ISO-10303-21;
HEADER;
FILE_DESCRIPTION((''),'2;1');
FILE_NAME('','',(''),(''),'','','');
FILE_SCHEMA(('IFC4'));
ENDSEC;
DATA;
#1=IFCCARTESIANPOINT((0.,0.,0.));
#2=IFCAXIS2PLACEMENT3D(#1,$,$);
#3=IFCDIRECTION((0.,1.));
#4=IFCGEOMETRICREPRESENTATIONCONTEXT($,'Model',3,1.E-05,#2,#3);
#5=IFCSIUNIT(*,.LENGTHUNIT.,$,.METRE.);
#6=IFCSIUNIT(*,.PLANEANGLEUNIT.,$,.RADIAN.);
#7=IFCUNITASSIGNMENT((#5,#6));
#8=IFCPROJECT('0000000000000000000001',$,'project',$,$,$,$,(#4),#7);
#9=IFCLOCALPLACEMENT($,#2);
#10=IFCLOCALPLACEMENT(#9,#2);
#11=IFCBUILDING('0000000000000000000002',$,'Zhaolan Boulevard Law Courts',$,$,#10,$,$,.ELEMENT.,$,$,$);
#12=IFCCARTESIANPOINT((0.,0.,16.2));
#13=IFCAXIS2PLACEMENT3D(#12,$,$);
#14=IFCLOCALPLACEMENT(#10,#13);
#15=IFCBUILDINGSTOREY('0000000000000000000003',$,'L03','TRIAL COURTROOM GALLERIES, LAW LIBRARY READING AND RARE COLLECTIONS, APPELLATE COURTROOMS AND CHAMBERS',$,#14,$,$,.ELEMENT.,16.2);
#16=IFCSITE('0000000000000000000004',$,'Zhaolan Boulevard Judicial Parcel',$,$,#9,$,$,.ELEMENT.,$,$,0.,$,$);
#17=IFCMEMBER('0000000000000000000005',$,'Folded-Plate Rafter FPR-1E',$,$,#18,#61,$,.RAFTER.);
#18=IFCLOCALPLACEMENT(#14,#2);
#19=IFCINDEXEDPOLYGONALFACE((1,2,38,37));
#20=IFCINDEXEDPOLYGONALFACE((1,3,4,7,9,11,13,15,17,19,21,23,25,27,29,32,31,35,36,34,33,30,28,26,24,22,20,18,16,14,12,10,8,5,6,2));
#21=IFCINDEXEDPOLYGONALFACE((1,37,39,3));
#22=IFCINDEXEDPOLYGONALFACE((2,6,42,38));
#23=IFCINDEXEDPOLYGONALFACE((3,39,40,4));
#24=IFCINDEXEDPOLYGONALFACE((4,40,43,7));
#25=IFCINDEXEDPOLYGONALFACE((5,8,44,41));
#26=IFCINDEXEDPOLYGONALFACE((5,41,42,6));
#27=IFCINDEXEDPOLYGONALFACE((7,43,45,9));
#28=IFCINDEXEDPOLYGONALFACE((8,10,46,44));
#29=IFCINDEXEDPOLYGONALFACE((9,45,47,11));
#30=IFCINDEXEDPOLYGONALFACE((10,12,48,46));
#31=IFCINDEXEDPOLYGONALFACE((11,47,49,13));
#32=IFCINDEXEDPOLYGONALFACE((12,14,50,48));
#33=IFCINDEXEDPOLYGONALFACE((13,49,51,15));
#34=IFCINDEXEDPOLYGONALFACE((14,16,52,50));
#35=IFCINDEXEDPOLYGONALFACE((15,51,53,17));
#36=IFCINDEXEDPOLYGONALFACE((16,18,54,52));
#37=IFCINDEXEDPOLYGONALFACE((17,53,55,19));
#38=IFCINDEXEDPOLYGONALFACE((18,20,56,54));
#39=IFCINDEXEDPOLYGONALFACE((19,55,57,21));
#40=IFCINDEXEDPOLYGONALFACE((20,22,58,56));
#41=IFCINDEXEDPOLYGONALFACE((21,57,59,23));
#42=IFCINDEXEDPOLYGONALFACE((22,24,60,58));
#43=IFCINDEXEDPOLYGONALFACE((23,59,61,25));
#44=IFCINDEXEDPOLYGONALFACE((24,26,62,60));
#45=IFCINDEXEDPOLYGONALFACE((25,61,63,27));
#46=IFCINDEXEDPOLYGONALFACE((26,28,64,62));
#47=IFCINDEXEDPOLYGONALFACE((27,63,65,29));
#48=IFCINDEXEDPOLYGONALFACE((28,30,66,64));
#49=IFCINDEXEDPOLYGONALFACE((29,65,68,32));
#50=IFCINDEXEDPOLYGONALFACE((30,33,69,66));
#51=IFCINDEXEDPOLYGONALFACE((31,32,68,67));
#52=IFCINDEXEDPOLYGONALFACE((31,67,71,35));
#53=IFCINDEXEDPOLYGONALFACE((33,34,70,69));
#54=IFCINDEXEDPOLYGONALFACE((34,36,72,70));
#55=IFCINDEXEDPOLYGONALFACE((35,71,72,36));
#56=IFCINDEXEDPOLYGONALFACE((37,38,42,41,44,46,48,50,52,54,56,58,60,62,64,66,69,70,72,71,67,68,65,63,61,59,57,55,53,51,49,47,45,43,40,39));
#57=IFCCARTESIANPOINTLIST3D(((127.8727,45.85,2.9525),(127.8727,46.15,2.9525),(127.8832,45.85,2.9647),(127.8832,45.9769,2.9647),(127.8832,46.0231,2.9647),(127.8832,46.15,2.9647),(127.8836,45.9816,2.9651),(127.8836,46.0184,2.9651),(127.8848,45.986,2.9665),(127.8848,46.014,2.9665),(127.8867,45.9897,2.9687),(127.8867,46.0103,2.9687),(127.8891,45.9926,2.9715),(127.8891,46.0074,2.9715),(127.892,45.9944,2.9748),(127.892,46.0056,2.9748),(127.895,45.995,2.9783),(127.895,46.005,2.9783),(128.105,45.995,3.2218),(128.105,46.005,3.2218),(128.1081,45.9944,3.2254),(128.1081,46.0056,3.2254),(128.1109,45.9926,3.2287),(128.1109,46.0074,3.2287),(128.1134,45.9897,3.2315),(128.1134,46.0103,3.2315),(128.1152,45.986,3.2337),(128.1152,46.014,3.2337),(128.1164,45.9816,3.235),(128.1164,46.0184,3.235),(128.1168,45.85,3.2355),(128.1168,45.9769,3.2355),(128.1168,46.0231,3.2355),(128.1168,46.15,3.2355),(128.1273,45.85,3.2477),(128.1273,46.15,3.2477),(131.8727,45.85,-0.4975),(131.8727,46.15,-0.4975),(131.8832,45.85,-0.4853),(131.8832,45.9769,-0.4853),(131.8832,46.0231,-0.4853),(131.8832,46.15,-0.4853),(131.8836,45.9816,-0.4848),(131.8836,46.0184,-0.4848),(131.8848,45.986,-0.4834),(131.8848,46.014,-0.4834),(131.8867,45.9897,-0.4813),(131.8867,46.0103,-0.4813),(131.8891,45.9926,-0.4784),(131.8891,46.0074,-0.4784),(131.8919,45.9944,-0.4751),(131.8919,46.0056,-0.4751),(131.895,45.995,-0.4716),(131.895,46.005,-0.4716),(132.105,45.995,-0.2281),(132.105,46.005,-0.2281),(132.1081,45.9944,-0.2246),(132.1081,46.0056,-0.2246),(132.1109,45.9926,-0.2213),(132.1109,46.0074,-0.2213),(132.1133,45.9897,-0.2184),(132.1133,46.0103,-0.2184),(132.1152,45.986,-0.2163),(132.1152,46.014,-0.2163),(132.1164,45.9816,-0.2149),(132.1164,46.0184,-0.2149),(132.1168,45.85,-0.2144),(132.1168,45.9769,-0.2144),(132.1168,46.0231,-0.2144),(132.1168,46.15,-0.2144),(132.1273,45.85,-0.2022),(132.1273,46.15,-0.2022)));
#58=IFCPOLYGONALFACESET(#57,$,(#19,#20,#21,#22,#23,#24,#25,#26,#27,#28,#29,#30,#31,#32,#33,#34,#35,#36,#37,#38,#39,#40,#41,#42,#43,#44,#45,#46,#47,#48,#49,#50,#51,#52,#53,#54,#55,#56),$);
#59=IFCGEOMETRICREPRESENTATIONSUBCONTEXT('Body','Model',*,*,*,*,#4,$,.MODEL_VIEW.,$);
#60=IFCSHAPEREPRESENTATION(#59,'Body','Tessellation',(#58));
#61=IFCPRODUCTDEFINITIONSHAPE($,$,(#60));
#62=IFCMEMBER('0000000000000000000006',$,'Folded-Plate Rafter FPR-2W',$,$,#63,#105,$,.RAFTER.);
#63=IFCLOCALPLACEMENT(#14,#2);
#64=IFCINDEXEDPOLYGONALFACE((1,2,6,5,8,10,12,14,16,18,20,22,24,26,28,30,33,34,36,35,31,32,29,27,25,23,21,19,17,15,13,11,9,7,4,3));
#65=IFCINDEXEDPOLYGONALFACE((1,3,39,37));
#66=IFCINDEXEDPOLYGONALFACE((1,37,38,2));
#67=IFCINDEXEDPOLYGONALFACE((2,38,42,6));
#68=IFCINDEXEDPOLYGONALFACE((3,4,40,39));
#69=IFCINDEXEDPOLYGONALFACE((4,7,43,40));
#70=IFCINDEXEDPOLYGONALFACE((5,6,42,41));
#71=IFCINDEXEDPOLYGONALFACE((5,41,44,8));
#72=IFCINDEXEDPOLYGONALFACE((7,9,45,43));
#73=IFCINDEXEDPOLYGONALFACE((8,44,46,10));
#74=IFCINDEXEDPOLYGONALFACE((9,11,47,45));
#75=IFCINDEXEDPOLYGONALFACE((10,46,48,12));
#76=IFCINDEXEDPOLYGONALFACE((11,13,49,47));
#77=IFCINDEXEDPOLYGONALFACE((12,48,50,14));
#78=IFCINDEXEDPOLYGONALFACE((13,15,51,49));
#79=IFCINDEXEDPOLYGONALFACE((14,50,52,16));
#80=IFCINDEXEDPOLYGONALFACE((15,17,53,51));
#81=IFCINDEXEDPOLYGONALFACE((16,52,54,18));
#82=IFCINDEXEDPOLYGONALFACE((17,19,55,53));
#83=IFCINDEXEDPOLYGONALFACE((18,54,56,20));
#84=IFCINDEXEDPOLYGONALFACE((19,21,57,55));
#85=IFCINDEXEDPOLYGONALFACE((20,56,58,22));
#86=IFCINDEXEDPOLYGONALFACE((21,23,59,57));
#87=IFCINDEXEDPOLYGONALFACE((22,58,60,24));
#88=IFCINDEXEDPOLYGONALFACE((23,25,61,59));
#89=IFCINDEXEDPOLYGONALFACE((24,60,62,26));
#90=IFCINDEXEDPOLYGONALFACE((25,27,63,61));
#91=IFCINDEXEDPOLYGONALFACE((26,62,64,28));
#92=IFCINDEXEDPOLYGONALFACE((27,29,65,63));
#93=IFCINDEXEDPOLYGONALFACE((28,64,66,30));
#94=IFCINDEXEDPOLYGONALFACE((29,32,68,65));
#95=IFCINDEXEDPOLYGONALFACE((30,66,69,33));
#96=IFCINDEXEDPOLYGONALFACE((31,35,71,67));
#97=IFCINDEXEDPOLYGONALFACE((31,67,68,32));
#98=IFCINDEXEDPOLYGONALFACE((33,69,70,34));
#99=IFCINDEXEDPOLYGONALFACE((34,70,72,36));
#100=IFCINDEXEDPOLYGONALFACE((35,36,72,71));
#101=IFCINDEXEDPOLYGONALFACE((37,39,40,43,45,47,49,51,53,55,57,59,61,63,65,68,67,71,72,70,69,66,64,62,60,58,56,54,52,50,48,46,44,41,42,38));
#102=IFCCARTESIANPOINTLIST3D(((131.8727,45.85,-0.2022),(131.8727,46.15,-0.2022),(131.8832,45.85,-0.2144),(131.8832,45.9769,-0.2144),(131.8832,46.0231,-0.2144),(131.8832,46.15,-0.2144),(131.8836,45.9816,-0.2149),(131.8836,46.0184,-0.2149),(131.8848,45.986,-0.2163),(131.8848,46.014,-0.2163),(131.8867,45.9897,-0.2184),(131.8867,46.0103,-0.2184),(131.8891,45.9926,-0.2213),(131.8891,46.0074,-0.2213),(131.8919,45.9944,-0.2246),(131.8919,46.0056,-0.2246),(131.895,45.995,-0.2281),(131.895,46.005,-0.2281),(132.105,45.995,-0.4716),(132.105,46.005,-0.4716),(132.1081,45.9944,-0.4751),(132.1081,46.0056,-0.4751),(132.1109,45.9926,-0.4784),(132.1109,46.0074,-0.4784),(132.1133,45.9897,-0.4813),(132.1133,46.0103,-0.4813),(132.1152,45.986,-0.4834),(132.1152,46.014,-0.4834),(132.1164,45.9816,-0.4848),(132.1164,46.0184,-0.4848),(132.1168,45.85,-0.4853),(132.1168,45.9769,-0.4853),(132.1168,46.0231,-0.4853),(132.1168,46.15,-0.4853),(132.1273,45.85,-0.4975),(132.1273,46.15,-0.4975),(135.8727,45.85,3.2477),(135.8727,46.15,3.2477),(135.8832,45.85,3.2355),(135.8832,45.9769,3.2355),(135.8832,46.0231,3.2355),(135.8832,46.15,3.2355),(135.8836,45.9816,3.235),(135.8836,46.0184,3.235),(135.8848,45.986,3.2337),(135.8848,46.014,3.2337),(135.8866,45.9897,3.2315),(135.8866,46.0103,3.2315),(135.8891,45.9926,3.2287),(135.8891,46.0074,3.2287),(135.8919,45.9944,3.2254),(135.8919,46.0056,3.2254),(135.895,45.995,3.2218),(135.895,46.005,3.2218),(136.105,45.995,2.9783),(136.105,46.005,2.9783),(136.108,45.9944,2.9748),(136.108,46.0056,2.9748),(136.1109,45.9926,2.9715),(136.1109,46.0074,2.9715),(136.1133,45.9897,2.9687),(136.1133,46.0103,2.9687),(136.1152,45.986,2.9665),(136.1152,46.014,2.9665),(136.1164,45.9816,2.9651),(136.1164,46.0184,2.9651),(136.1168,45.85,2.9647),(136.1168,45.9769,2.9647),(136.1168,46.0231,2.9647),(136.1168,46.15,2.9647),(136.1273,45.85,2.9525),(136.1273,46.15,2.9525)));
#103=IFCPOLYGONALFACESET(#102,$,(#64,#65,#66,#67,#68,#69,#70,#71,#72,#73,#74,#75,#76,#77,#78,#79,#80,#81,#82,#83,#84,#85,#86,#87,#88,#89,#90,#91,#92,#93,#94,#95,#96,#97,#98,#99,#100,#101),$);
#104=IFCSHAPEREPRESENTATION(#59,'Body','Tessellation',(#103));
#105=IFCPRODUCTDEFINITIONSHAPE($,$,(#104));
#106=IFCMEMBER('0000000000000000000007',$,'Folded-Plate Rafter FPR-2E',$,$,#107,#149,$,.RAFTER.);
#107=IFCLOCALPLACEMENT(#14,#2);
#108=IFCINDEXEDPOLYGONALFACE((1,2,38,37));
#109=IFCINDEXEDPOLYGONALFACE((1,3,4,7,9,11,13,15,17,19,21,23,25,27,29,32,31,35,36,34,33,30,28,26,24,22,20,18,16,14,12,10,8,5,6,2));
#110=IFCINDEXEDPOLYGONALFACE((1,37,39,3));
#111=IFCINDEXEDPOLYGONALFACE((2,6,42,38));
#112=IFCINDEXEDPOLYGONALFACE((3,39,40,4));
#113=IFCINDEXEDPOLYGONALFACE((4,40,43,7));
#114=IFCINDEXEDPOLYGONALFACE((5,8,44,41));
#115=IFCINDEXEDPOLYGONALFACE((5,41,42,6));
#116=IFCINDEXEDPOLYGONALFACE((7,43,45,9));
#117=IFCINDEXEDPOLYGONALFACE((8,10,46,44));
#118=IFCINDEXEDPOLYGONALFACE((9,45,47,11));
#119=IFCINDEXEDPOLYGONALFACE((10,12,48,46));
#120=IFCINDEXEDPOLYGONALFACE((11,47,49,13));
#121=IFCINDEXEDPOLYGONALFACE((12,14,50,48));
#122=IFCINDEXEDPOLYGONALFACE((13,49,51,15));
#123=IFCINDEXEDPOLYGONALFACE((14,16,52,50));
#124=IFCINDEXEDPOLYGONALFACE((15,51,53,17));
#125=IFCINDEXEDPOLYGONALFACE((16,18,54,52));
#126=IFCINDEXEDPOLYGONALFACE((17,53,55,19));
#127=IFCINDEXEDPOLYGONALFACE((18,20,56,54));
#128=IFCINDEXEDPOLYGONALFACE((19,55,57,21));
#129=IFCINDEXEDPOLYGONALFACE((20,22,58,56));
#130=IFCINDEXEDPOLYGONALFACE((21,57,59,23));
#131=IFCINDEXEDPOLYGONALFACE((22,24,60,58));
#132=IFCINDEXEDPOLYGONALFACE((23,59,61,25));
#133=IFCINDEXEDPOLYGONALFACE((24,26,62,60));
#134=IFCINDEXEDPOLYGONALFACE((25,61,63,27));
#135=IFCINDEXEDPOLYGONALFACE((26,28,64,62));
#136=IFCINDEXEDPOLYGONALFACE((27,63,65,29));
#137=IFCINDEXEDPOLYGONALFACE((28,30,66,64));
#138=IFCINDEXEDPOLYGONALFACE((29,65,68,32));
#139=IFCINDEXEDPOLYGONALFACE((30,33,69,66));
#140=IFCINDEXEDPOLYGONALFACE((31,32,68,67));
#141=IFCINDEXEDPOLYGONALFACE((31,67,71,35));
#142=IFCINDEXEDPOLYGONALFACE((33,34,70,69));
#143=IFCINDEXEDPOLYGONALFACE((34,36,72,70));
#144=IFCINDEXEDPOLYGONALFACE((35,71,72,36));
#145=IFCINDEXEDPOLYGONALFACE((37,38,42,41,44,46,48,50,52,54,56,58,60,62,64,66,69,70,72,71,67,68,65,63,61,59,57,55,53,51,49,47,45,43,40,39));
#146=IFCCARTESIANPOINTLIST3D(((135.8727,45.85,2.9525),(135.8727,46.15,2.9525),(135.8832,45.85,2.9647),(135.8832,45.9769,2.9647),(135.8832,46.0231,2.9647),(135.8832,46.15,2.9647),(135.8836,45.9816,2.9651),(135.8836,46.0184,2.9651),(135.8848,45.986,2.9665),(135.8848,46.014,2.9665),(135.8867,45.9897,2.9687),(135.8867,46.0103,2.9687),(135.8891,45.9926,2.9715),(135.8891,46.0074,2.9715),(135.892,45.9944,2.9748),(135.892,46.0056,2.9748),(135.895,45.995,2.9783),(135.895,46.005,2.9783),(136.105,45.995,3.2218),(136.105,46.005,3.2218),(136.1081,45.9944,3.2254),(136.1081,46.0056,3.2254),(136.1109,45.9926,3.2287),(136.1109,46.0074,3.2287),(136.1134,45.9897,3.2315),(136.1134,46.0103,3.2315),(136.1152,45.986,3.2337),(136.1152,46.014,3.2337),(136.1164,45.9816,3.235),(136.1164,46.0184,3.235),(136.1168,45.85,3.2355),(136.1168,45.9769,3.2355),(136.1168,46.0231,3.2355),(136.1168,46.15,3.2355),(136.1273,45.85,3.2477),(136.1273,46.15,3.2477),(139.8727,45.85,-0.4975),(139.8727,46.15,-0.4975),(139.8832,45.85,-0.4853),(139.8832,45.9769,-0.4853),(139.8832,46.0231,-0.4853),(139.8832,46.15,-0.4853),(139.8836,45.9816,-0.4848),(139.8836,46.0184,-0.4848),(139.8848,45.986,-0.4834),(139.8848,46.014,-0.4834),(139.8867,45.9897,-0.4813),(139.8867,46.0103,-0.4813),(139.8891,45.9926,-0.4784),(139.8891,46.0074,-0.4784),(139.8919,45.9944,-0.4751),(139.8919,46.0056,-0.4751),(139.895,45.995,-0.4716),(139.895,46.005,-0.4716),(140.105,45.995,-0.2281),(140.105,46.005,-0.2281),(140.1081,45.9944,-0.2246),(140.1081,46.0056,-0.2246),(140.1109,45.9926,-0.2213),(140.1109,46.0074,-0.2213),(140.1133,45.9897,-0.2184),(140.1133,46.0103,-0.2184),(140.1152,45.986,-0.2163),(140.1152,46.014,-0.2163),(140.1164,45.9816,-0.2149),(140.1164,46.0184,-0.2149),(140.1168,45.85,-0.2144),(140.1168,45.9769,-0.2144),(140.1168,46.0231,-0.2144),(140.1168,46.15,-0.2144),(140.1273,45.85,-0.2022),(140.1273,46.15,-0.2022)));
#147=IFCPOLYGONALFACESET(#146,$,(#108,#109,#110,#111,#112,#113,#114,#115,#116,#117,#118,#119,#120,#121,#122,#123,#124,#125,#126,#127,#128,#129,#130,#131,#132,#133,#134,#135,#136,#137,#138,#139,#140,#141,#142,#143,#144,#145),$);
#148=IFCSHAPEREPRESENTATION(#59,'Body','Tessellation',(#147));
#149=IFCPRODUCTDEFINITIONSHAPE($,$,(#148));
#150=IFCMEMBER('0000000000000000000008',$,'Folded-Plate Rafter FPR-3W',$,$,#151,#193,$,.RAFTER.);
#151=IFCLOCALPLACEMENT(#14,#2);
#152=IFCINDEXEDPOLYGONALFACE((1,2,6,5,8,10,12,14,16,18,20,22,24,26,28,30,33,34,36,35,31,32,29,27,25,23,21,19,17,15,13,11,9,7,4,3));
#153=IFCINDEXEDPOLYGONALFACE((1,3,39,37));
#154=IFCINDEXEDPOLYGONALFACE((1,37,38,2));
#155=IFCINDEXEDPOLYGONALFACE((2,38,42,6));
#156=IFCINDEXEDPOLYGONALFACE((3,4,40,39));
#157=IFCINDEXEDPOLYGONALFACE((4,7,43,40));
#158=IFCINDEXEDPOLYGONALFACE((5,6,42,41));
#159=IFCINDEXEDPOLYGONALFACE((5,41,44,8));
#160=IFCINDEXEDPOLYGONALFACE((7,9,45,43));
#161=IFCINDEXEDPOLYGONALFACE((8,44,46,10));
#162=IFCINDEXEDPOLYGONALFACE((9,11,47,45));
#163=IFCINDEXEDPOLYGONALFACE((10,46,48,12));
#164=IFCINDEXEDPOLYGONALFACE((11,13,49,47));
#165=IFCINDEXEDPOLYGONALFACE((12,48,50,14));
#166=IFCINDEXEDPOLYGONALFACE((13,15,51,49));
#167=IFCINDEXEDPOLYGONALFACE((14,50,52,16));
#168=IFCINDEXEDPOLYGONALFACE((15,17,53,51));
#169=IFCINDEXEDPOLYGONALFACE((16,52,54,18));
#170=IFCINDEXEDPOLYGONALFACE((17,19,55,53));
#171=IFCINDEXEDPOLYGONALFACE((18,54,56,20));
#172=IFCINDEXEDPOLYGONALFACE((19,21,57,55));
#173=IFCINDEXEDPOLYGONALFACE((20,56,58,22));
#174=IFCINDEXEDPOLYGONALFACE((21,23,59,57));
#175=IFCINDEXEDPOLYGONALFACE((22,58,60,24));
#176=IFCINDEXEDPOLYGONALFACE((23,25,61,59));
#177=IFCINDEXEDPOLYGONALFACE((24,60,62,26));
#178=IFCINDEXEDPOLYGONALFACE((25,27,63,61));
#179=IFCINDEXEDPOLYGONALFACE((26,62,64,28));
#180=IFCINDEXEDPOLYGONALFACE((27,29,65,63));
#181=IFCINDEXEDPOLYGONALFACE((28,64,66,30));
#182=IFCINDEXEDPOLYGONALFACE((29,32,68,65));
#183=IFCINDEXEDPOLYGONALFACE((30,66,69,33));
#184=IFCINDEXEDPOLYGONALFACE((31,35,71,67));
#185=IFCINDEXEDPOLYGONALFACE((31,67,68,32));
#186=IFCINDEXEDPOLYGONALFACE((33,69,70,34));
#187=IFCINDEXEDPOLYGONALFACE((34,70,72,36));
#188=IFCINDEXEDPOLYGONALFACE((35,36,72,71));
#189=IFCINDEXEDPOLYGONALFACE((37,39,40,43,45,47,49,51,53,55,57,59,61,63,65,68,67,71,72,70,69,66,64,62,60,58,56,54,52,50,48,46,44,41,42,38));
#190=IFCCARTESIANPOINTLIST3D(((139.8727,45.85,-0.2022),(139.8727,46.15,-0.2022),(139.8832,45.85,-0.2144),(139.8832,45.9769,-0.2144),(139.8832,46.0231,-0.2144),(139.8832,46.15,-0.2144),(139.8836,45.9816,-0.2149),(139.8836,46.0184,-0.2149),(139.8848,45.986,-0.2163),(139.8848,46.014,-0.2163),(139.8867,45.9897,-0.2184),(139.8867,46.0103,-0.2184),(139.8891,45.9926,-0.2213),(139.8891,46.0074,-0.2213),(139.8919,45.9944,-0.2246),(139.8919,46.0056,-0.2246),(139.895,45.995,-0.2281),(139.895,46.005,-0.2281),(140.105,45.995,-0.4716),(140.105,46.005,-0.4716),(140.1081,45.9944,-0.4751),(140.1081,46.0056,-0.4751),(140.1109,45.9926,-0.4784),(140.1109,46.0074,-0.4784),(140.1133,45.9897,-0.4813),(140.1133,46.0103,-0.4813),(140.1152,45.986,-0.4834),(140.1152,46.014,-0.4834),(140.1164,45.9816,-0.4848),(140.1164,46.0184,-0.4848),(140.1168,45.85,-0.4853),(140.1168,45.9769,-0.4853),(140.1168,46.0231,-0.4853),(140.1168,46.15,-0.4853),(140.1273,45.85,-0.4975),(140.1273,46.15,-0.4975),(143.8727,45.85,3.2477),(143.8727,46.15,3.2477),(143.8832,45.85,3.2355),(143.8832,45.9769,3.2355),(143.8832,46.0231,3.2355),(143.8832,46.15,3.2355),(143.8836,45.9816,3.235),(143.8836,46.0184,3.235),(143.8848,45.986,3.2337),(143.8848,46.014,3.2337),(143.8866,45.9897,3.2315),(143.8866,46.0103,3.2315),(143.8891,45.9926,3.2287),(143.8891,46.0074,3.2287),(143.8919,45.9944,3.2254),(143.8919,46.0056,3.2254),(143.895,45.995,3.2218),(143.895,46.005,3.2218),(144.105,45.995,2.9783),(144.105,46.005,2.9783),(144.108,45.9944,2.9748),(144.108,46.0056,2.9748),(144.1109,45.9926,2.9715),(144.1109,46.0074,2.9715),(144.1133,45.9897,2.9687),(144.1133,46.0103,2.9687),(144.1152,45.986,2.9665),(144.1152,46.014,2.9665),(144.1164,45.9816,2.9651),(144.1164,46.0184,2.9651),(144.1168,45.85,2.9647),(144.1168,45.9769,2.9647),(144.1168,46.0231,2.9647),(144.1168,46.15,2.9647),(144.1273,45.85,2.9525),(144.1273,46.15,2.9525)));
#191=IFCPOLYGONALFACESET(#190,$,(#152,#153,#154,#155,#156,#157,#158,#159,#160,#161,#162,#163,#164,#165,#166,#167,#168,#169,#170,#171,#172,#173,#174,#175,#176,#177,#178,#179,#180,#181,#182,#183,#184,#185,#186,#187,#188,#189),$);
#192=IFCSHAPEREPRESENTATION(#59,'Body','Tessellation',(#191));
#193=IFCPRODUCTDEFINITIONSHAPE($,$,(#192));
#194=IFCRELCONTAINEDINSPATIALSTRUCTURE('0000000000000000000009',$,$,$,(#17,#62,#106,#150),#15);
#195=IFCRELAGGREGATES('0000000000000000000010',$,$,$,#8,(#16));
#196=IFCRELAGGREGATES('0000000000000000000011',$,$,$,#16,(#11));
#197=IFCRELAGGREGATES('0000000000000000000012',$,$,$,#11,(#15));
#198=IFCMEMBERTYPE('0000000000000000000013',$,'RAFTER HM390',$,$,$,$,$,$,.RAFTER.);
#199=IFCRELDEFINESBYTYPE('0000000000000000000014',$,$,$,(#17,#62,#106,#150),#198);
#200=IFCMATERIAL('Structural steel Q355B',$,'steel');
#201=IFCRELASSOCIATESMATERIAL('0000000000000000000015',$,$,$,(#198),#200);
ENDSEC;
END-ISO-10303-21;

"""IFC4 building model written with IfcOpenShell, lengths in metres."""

from ifc_helpers import new_model, si_unit, direction, frame, origin, origin_2d, place, context, subcontext, project, spatial, i_section, extrude, material, material_profile, profile_set, type_object, element, save


model = new_model("IFC4")

# Units and contexts
model_context = context("Model", 3, precision=1e-05, world=origin(), true_north=direction((0.0, 1.0)))
body_context = subcontext(model_context, "Body", "Model", "MODEL_VIEW")
ifc_project = project(units=[si_unit("LENGTHUNIT", "METRE"), si_unit("PLANEANGLEUNIT", "RADIAN")], contexts=[model_context])

# Site, building, storey
site_placement = place(None, origin())
site = spatial("IfcSite", under=ifc_project, at=site_placement, Name="Zhaolan Boulevard Judicial Parcel", CompositionType="ELEMENT", RefElevation=0.0)
building_placement = place(site_placement, origin())
building = spatial("IfcBuilding", under=site, at=building_placement, Name="Zhaolan Boulevard Law Courts", CompositionType="ELEMENT")
storey_placement = place(building_placement, frame((0.0, 0.0, 16.2)))
storey = spatial("IfcBuildingStorey", under=building, at=storey_placement, Name="L03", Description="TRIAL COURTROOM GALLERIES, LAW LIBRARY READING AND RARE COLLECTIONS, APPELLATE COURTROOMS AND CHAMBERS", CompositionType="ELEMENT", Elevation=16.2)

# Members
ifc_material_1 = material(Name="Structural steel Q355B", Category="steel")
ifc_material_profile_1 = material_profile(ifc_material_1, i_section(OverallWidth=0.3, OverallDepth=0.3899, WebThickness=0.01, FlangeThickness=0.0161, FilletRadius=0.0181, at=origin_2d()), Name="HM390x300")
ifc_profile_set_1 = profile_set([ifc_material_profile_1], Name="Structural steel Q355B")
member_type = type_object("IfcMemberType", Name="RAFTER HM390", PredefinedType="RAFTER", material=ifc_profile_set_1)
for number, where, z_axis, x_axis, name in (
    (1, (132.0, 46.0, -0.3499), (-0.757253, 0.0, 0.653122), (0.0, -1.0, 0.0), "Folded-Plate Rafter FPR-1E"),
    (2, (132.0, 46.0, -0.3499), (0.757253, 0.0, 0.653122), (0.0, 1.0, 0.0), "Folded-Plate Rafter FPR-2W"),
    (3, (140.0, 46.0, -0.3499), (-0.757253, 0.0, 0.653122), (0.0, -1.0, 0.0), "Folded-Plate Rafter FPR-2E"),
    (4, (140.0, 46.0, -0.3499), (0.757253, 0.0, 0.653122), (0.0, 1.0, 0.0), "Folded-Plate Rafter FPR-3W"),
):
    element("IfcMember", number, at=place(storey_placement, frame(where, z_axis=z_axis, x_axis=x_axis)), inside=storey, type_object=member_type, Name=name, PredefinedType="RAFTER", context=body_context, shape_type="SweptSolid", body=[
        extrude(i_section(OverallWidth=0.3, OverallDepth=0.3899, WebThickness=0.01, FlangeThickness=0.0161, FilletRadius=0.0181, at=origin_2d()), origin(), (0.0, 0.0, 1.0), 5.2822),
    ])

save(model, "model.ifc")
